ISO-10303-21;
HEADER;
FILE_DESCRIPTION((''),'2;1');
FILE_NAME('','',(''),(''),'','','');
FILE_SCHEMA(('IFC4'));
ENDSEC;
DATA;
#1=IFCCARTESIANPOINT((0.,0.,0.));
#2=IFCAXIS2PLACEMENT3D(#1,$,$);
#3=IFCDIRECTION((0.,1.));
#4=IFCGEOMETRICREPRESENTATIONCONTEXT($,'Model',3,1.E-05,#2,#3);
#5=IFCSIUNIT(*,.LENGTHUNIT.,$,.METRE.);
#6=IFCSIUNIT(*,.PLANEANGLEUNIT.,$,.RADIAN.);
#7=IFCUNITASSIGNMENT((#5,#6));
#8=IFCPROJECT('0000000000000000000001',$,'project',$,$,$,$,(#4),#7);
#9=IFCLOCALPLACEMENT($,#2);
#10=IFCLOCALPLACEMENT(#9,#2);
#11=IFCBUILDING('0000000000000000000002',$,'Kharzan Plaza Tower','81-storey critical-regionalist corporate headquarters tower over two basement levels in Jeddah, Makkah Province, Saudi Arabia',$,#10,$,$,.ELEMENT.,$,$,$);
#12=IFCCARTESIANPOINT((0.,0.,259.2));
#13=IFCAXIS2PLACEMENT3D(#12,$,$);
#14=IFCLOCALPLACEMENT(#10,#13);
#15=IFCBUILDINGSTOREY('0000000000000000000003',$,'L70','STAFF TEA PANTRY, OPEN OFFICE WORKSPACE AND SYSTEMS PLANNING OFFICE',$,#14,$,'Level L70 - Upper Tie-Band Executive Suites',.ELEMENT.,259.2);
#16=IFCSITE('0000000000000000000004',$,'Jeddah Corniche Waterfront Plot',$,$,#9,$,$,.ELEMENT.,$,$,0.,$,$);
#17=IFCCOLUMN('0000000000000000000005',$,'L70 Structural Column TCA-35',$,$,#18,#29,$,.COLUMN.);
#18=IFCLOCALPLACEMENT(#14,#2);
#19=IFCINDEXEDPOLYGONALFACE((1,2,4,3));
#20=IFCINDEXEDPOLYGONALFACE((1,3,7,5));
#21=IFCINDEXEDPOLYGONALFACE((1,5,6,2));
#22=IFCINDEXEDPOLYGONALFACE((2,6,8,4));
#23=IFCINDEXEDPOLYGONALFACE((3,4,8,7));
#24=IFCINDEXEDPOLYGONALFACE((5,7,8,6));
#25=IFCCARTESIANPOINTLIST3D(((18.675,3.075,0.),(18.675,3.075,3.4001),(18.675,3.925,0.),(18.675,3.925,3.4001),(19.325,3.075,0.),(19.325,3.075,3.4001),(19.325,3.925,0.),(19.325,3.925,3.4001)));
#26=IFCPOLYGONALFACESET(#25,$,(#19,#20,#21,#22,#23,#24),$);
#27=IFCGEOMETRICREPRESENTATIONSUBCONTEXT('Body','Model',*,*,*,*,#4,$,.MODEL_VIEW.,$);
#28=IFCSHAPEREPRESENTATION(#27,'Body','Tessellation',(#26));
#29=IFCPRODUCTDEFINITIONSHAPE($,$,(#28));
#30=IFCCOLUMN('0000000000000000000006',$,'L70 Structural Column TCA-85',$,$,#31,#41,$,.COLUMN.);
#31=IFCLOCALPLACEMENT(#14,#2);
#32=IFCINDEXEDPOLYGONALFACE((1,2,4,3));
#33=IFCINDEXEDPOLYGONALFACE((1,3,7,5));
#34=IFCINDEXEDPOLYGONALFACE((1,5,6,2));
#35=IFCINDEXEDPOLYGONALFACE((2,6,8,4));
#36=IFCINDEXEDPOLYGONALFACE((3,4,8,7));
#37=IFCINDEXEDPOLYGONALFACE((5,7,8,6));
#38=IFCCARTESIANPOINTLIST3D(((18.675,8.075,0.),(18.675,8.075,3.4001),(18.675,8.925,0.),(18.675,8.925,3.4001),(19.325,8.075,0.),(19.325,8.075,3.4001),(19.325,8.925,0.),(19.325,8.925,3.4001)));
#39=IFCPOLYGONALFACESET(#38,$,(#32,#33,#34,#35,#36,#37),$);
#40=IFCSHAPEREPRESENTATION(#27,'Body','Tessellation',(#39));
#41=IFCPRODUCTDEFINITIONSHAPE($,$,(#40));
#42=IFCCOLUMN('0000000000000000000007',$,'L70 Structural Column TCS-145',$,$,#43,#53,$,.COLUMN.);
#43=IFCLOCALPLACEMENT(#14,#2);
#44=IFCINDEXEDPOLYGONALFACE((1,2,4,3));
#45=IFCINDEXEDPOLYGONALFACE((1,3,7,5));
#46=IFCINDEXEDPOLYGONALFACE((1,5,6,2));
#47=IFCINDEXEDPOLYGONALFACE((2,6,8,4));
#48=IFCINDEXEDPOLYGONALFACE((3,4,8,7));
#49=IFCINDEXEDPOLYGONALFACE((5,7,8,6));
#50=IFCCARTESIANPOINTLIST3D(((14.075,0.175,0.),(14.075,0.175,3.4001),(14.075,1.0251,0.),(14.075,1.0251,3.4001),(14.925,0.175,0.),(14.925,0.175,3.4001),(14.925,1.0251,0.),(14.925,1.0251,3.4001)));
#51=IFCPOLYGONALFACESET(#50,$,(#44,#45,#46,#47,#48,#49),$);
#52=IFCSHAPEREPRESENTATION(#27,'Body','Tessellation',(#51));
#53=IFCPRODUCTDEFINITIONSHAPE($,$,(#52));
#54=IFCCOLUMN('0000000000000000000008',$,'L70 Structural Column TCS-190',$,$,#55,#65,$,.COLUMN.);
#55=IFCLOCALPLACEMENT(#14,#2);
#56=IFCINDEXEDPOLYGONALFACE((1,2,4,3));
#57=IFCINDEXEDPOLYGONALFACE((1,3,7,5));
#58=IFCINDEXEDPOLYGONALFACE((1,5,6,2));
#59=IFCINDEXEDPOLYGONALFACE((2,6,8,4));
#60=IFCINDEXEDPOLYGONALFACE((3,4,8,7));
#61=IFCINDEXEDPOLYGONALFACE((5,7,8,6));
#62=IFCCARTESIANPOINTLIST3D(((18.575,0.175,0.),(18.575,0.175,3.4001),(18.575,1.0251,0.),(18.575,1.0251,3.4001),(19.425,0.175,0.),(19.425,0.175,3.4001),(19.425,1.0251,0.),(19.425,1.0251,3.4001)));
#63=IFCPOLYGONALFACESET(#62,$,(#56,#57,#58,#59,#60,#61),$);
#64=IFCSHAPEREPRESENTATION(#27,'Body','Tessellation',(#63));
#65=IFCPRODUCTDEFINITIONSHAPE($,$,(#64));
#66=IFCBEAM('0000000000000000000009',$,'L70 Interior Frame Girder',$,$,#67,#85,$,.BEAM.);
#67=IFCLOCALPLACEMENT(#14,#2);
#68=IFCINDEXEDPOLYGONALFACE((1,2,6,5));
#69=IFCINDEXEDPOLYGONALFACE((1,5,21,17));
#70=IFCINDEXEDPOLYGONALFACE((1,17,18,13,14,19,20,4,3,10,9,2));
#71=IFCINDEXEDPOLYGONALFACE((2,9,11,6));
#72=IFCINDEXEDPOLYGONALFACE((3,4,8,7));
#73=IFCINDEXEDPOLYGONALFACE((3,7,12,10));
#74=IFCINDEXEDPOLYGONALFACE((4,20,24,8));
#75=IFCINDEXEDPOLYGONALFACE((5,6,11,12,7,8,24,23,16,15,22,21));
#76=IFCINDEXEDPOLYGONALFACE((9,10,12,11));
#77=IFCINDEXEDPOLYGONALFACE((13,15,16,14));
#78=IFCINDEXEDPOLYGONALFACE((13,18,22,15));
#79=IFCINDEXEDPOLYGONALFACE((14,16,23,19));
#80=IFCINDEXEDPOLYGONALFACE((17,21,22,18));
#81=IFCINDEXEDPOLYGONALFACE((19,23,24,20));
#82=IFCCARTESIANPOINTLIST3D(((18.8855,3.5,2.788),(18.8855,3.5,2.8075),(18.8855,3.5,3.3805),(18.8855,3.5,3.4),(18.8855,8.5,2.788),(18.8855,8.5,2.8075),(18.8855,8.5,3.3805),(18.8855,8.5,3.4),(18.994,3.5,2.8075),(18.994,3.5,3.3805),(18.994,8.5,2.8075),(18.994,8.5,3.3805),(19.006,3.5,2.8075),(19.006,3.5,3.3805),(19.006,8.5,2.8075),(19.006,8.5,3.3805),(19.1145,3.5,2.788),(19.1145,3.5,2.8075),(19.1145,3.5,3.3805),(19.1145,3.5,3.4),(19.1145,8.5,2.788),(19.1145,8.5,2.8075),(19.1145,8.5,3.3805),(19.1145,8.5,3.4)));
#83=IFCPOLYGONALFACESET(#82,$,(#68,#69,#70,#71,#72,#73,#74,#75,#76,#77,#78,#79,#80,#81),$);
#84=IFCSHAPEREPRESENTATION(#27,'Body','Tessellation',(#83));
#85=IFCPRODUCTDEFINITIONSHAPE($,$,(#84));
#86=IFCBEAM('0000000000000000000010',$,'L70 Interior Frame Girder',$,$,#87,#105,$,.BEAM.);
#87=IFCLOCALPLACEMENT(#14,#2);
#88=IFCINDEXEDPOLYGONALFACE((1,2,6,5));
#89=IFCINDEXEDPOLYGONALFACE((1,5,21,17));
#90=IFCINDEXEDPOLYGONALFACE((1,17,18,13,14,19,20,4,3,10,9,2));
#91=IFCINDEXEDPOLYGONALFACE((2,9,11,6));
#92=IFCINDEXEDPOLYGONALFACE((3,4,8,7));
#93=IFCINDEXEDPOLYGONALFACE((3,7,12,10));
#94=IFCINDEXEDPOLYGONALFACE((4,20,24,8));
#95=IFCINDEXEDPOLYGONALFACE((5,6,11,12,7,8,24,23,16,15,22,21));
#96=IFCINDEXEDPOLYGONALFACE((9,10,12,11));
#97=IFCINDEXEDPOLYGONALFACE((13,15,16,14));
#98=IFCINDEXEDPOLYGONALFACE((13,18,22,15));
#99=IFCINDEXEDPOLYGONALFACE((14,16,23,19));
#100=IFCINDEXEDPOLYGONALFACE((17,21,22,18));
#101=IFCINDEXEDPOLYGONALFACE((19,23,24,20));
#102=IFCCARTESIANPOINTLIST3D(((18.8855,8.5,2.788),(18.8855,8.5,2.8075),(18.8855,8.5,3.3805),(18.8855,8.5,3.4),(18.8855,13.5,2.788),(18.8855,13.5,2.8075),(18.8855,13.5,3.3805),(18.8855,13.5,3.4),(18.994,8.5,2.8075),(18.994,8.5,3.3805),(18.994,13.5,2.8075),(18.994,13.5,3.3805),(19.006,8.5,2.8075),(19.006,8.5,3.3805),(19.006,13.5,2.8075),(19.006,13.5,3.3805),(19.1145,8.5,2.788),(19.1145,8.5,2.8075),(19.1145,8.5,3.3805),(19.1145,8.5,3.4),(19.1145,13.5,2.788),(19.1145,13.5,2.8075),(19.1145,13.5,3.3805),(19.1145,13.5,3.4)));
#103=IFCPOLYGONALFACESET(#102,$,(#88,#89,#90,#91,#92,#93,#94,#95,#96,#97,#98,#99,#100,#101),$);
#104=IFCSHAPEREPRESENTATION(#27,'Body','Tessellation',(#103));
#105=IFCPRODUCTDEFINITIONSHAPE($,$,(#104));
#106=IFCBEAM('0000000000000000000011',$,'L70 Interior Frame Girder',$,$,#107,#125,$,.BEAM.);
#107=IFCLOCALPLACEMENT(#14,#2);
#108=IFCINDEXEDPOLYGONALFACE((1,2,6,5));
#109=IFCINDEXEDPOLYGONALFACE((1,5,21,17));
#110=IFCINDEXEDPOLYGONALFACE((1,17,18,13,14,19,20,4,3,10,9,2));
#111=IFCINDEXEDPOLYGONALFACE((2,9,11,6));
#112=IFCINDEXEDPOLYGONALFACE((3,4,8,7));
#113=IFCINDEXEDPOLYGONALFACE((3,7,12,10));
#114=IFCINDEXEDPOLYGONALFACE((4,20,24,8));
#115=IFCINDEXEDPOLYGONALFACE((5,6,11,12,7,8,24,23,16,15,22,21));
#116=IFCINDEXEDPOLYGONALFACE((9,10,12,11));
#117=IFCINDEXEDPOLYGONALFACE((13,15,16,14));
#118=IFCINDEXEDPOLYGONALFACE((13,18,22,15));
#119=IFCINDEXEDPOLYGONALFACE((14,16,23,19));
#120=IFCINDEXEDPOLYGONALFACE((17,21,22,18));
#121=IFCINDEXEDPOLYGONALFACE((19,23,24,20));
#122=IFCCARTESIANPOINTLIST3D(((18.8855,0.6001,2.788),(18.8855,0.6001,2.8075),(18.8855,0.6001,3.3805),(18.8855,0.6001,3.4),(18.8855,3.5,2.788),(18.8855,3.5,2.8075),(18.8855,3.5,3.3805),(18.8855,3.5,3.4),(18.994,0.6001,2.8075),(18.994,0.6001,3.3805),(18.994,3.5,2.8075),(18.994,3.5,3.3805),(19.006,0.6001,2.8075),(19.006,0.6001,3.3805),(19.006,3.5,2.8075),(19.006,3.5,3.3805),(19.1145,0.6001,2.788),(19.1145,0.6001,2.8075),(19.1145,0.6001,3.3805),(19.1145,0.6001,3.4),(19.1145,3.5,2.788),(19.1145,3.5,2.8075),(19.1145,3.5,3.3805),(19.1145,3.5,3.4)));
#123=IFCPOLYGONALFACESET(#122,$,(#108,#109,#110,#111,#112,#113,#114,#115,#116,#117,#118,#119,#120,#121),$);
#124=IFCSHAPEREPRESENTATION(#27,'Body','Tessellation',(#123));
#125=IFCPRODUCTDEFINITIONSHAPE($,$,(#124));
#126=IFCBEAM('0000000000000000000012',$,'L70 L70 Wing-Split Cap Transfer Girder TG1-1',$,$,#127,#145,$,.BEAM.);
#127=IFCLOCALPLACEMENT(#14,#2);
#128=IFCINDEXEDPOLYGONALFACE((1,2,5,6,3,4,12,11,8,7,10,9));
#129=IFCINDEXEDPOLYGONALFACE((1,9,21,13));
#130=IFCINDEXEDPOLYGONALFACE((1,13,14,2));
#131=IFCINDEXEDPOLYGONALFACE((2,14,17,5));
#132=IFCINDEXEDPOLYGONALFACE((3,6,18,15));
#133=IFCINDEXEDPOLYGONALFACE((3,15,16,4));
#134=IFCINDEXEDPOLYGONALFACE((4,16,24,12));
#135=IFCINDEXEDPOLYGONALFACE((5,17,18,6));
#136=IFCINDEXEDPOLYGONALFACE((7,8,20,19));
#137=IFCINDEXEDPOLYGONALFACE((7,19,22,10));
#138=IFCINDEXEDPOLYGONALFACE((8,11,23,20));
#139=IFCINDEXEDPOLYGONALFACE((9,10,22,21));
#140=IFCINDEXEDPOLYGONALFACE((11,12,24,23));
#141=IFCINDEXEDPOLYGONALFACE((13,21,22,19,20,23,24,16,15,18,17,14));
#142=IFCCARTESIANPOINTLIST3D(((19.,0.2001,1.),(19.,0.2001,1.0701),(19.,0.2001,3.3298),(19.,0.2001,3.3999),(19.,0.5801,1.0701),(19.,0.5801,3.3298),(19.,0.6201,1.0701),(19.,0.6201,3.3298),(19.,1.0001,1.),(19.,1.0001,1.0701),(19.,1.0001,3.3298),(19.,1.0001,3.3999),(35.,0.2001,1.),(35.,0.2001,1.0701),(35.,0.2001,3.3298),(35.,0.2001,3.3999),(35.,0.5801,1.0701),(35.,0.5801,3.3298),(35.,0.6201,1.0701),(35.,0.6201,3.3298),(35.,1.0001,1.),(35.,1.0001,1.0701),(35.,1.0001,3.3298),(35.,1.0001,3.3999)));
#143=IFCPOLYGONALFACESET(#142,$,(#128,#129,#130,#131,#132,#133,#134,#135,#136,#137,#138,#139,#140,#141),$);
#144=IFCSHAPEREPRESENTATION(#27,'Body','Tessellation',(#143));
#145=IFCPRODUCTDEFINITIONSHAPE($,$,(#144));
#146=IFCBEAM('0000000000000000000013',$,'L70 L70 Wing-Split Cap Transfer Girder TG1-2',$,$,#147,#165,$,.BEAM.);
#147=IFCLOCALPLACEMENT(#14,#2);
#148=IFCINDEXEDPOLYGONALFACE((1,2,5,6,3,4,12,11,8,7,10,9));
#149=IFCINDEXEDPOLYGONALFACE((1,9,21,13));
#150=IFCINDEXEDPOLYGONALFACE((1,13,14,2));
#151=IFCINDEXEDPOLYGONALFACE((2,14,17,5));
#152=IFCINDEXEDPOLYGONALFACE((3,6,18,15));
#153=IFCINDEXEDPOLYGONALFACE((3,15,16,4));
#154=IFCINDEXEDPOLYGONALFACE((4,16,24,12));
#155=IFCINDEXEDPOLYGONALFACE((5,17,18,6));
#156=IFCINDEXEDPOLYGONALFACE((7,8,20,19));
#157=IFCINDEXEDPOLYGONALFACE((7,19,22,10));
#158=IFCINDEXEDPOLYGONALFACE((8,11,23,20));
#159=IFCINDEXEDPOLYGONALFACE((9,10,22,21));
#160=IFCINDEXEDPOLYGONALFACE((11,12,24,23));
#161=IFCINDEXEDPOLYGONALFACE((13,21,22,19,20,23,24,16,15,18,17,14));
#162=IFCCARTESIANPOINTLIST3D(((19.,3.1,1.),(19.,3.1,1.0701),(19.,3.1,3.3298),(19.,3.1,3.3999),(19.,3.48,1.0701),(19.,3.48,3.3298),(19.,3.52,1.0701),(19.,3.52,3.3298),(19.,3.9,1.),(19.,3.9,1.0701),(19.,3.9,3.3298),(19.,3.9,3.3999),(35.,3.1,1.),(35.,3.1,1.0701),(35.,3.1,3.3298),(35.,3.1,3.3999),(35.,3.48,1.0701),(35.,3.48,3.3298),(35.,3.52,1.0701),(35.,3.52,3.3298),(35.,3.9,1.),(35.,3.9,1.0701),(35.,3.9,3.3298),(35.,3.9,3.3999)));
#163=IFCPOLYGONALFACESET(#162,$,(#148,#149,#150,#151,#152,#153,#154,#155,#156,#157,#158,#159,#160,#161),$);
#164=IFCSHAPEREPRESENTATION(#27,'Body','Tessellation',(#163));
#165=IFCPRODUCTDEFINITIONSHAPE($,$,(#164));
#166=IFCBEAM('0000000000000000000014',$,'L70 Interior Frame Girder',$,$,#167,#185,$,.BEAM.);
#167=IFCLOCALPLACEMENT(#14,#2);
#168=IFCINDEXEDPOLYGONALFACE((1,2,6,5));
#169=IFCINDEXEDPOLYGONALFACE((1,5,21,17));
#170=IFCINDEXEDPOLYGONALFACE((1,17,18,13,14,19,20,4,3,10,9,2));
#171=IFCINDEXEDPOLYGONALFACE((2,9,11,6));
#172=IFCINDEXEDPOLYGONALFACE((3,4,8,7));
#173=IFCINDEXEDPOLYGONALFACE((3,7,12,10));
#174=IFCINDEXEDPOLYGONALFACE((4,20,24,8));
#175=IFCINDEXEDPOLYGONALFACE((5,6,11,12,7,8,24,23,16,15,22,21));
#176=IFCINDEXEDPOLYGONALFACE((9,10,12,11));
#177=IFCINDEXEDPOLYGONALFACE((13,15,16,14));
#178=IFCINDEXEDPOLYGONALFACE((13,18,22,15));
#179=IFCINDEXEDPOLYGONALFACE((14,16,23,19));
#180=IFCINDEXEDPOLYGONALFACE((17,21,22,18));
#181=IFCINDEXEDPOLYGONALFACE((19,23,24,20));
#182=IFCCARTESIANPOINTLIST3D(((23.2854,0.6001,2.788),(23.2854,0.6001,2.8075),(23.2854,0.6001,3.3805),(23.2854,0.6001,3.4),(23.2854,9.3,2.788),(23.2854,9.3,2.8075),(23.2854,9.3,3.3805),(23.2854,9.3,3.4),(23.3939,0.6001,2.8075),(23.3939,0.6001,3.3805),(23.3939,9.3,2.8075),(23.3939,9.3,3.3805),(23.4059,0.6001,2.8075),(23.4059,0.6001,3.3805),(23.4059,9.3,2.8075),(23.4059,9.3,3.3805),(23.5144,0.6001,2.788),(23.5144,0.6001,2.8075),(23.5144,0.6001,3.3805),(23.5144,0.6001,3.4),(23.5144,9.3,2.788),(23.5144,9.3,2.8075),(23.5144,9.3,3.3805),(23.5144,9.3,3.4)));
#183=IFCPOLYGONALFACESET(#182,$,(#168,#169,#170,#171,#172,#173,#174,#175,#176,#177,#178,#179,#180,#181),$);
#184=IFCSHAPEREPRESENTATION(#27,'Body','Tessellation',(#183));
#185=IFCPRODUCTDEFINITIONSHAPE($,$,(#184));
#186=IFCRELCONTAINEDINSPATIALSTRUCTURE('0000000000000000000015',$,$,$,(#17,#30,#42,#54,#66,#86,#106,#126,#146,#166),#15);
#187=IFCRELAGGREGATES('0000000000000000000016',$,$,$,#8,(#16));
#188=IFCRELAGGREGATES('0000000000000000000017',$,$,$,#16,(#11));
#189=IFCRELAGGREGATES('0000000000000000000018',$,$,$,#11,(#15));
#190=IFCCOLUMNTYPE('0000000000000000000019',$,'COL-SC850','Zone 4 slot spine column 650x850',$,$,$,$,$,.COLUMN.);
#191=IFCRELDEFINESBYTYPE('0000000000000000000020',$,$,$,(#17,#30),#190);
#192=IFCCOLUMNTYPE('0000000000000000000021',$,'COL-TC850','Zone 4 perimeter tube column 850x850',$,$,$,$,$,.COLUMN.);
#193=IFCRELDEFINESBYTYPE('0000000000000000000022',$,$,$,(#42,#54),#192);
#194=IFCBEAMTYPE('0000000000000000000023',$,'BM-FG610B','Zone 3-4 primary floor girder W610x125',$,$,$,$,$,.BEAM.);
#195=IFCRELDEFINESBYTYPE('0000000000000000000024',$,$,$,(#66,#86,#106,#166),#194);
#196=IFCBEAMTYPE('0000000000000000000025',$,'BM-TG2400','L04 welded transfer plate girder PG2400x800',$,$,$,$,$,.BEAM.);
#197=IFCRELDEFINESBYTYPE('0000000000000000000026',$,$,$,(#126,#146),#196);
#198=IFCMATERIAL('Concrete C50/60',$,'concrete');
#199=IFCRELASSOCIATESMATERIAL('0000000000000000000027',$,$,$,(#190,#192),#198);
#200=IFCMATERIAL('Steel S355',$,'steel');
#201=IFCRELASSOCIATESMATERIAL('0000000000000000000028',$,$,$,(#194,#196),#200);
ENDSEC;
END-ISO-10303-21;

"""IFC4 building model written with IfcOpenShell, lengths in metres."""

from ifc_helpers import new_model, si_unit, direction, frame, origin, origin_2d, place, context, subcontext, project, spatial, rectangle, i_section, extrude, source, transform, mapped, material, material_profile, profile_set, type_object, element, save


model = new_model("IFC4")

# Units and contexts
model_context = context("Model", 3, precision=1e-05, world=origin(), true_north=direction((0.0, 1.0)))
body_context = subcontext(model_context, "Body", "Model", "MODEL_VIEW")
ifc_project = project(units=[si_unit("LENGTHUNIT", "METRE"), si_unit("PLANEANGLEUNIT", "RADIAN")], contexts=[model_context])

# Site, building, storey
site_placement = place(None, origin())
site = spatial("IfcSite", under=ifc_project, at=site_placement, Name="Jeddah Corniche Waterfront Plot", CompositionType="ELEMENT", RefElevation=0.0)
building_placement = place(site_placement, origin())
building = spatial("IfcBuilding", under=site, at=building_placement, Name="Kharzan Plaza Tower", Description="81-storey critical-regionalist corporate headquarters tower over two basement levels in Jeddah, Makkah Province, Saudi Arabia", CompositionType="ELEMENT")
storey_placement = place(building_placement, frame((0.0, 0.0, 259.2)))
storey = spatial("IfcBuildingStorey", under=building, at=storey_placement, Name="L70", Description="STAFF TEA PANTRY, OPEN OFFICE WORKSPACE AND SYSTEMS PLANNING OFFICE", LongName="Level L70 - Upper Tie-Band Executive Suites", CompositionType="ELEMENT", Elevation=259.2)

# Columns
ifc_material_1 = material(Name="Concrete C50/60", Category="concrete")
ifc_material_profile_1 = material_profile(ifc_material_1, rectangle(XDim=0.6499, YDim=0.8501, at=origin_2d()), Name="RC-SC850x650")
ifc_profile_set_1 = profile_set([ifc_material_profile_1], Name="Concrete C50/60")
column_type_1 = type_object("IfcColumnType", Name="COL-SC850", Description="Zone 4 slot spine column 650x850", PredefinedType="COLUMN", material=ifc_profile_set_1)
shared_shape_1 = source(origin(), body_context, "Body", "SweptSolid", [
    extrude(rectangle(XDim=0.6499, YDim=0.8501, at=origin_2d()), origin(), (0.0, 0.0, 1.0), 3.4001),
])
for number, where, z_axis, x_axis, name in (
    (1, (19.0, 3.5, 0.0), (0.0, 0.0, 1.0), (1.0, 0.0, 0.0), "L70 Structural Column TCA-35"),
    (2, (19.0, 8.5, 0.0), (0.0, 0.0, 1.0), (1.0, 0.0, 0.0), "L70 Structural Column TCA-85"),
):
    element("IfcColumn", number, at=place(storey_placement, frame(where, z_axis=z_axis, x_axis=x_axis)), inside=storey, type_object=column_type_1, Name=name, PredefinedType="COLUMN", context=body_context, shape_type="MappedRepresentation", body=[
        mapped(shared_shape_1, transform((0.0, 0.0, 0.0), x_axis=(1.0, 0.0, 0.0), y_axis=(0.0, 1.0, 0.0), z_axis=(0.0, 0.0, 1.0))),
    ])
ifc_material_profile_2 = material_profile(ifc_material_1, rectangle(XDim=0.8501, YDim=0.8501, at=origin_2d()), Name="RC-TC850x850")
ifc_profile_set_2 = profile_set([ifc_material_profile_2], Name="Concrete C50/60")
column_type_2 = type_object("IfcColumnType", Name="COL-TC850", Description="Zone 4 perimeter tube column 850x850", PredefinedType="COLUMN", material=ifc_profile_set_2)
shared_shape_2 = source(origin(), body_context, "Body", "SweptSolid", [
    extrude(rectangle(XDim=0.8501, YDim=0.8501, at=origin_2d()), origin(), (0.0, 0.0, 1.0), 3.4001),
])
for number, where, z_axis, x_axis, name in (
    (3, (14.5, 0.6001, 0.0), (0.0, 0.0, 1.0), (1.0, 0.0, 0.0), "L70 Structural Column TCS-145"),
    (4, (19.0, 0.6001, 0.0), (0.0, 0.0, 1.0), (1.0, 0.0, 0.0), "L70 Structural Column TCS-190"),
):
    element("IfcColumn", number, at=place(storey_placement, frame(where, z_axis=z_axis, x_axis=x_axis)), inside=storey, type_object=column_type_2, Name=name, PredefinedType="COLUMN", context=body_context, shape_type="MappedRepresentation", body=[
        mapped(shared_shape_2, transform((0.0, 0.0, 0.0), x_axis=(1.0, 0.0, 0.0), y_axis=(0.0, 1.0, 0.0), z_axis=(0.0, 0.0, 1.0))),
    ])

# Beams
ifc_material_2 = material(Name="Steel S355", Category="steel")
ifc_material_profile_3 = material_profile(ifc_material_2, i_section(OverallWidth=0.229, OverallDepth=0.6121, WebThickness=0.012, FlangeThickness=0.0195, at=origin_2d()), Name="W610x125")
ifc_profile_set_3 = profile_set([ifc_material_profile_3], Name="Steel S355")
beam_type_1 = type_object("IfcBeamType", Name="BM-FG610B", Description="Zone 3-4 primary floor girder W610x125", PredefinedType="BEAM", material=ifc_profile_set_3)
shared_shape_3 = source(origin(), body_context, "Body", "SweptSolid", [
    extrude(i_section(OverallWidth=0.229, OverallDepth=0.6121, WebThickness=0.012, FlangeThickness=0.0195, at=origin_2d()), origin(), (0.0, 0.0, 1.0), 5.0),
])
for number, where, z_axis, x_axis, name in (
    (5, (19.0, 3.5, 3.094), (0.0, 1.0, 0.0), (-1.0, 0.0, 0.0), "L70 Interior Frame Girder"),
    (6, (19.0, 8.5, 3.094), (0.0, 1.0, 0.0), (-1.0, 0.0, 0.0), "L70 Interior Frame Girder"),
):
    element("IfcBeam", number, at=place(storey_placement, frame(where, z_axis=z_axis, x_axis=x_axis)), inside=storey, type_object=beam_type_1, Name=name, PredefinedType="BEAM", context=body_context, shape_type="MappedRepresentation", body=[
        mapped(shared_shape_3, transform((0.0, 0.0, 0.0), x_axis=(1.0, 0.0, 0.0), y_axis=(0.0, 1.0, 0.0), z_axis=(0.0, 0.0, 1.0))),
    ])
shared_shape_4 = source(origin(), body_context, "Body", "SweptSolid", [
    extrude(i_section(OverallWidth=0.229, OverallDepth=0.6121, WebThickness=0.012, FlangeThickness=0.0195, at=origin_2d()), origin(), (0.0, 0.0, 1.0), 2.8999),
])
beam_1_placement = place(storey_placement, frame((19.0, 0.6001, 3.094), z_axis=(0.0, 1.0, 0.0), x_axis=(-1.0, 0.0, 0.0)))
element("IfcBeam", 7, at=beam_1_placement, inside=storey, type_object=beam_type_1, Name="L70 Interior Frame Girder", PredefinedType="BEAM", context=body_context, shape_type="MappedRepresentation", body=[
    mapped(shared_shape_4, transform((0.0, 0.0, 0.0), x_axis=(1.0, 0.0, 0.0), y_axis=(0.0, 1.0, 0.0), z_axis=(0.0, 0.0, 1.0))),
])
ifc_material_profile_4 = material_profile(ifc_material_2, i_section(OverallWidth=0.8, OverallDepth=2.3999, WebThickness=0.04, FlangeThickness=0.0701, at=origin_2d()), Name="PG2400x800")
ifc_profile_set_4 = profile_set([ifc_material_profile_4], Name="Steel S355")
beam_type_2 = type_object("IfcBeamType", Name="BM-TG2400", Description="L04 welded transfer plate girder PG2400x800", PredefinedType="BEAM", material=ifc_profile_set_4)
shared_shape_5 = source(origin(), body_context, "Body", "SweptSolid", [
    extrude(i_section(OverallWidth=0.8, OverallDepth=2.3999, WebThickness=0.04, FlangeThickness=0.0701, at=origin_2d()), origin(), (0.0, 0.0, 1.0), 16.0),
])
for number, where, z_axis, x_axis, name in (
    (8, (19.0, 0.6001, 2.2), (1.0, 0.0, 0.0), (0.0, 1.0, 0.0), "L70 L70 Wing-Split Cap Transfer Girder TG1-1"),
    (9, (19.0, 3.5, 2.2), (1.0, 0.0, 0.0), (0.0, 1.0, 0.0), "L70 L70 Wing-Split Cap Transfer Girder TG1-2"),
):
    element("IfcBeam", number, at=place(storey_placement, frame(where, z_axis=z_axis, x_axis=x_axis)), inside=storey, type_object=beam_type_2, Name=name, PredefinedType="BEAM", context=body_context, shape_type="MappedRepresentation", body=[
        mapped(shared_shape_5, transform((0.0, 0.0, 0.0), x_axis=(1.0, 0.0, 0.0), y_axis=(0.0, 1.0, 0.0), z_axis=(0.0, 0.0, 1.0))),
    ])
shared_shape_6 = source(origin(), body_context, "Body", "SweptSolid", [
    extrude(i_section(OverallWidth=0.229, OverallDepth=0.6121, WebThickness=0.012, FlangeThickness=0.0195, at=origin_2d()), origin(), (0.0, 0.0, 1.0), 8.7),
])
beam_2_placement = place(storey_placement, frame((23.3999, 0.6001, 3.094), z_axis=(0.0, 1.0, 0.0), x_axis=(-1.0, 0.0, 0.0)))
element("IfcBeam", 10, at=beam_2_placement, inside=storey, type_object=beam_type_1, Name="L70 Interior Frame Girder", PredefinedType="BEAM", context=body_context, shape_type="MappedRepresentation", body=[
    mapped(shared_shape_6, transform((0.0, 0.0, 0.0), x_axis=(1.0, 0.0, 0.0), y_axis=(0.0, 1.0, 0.0), z_axis=(0.0, 0.0, 1.0))),
])

save(model, "model.ifc")
